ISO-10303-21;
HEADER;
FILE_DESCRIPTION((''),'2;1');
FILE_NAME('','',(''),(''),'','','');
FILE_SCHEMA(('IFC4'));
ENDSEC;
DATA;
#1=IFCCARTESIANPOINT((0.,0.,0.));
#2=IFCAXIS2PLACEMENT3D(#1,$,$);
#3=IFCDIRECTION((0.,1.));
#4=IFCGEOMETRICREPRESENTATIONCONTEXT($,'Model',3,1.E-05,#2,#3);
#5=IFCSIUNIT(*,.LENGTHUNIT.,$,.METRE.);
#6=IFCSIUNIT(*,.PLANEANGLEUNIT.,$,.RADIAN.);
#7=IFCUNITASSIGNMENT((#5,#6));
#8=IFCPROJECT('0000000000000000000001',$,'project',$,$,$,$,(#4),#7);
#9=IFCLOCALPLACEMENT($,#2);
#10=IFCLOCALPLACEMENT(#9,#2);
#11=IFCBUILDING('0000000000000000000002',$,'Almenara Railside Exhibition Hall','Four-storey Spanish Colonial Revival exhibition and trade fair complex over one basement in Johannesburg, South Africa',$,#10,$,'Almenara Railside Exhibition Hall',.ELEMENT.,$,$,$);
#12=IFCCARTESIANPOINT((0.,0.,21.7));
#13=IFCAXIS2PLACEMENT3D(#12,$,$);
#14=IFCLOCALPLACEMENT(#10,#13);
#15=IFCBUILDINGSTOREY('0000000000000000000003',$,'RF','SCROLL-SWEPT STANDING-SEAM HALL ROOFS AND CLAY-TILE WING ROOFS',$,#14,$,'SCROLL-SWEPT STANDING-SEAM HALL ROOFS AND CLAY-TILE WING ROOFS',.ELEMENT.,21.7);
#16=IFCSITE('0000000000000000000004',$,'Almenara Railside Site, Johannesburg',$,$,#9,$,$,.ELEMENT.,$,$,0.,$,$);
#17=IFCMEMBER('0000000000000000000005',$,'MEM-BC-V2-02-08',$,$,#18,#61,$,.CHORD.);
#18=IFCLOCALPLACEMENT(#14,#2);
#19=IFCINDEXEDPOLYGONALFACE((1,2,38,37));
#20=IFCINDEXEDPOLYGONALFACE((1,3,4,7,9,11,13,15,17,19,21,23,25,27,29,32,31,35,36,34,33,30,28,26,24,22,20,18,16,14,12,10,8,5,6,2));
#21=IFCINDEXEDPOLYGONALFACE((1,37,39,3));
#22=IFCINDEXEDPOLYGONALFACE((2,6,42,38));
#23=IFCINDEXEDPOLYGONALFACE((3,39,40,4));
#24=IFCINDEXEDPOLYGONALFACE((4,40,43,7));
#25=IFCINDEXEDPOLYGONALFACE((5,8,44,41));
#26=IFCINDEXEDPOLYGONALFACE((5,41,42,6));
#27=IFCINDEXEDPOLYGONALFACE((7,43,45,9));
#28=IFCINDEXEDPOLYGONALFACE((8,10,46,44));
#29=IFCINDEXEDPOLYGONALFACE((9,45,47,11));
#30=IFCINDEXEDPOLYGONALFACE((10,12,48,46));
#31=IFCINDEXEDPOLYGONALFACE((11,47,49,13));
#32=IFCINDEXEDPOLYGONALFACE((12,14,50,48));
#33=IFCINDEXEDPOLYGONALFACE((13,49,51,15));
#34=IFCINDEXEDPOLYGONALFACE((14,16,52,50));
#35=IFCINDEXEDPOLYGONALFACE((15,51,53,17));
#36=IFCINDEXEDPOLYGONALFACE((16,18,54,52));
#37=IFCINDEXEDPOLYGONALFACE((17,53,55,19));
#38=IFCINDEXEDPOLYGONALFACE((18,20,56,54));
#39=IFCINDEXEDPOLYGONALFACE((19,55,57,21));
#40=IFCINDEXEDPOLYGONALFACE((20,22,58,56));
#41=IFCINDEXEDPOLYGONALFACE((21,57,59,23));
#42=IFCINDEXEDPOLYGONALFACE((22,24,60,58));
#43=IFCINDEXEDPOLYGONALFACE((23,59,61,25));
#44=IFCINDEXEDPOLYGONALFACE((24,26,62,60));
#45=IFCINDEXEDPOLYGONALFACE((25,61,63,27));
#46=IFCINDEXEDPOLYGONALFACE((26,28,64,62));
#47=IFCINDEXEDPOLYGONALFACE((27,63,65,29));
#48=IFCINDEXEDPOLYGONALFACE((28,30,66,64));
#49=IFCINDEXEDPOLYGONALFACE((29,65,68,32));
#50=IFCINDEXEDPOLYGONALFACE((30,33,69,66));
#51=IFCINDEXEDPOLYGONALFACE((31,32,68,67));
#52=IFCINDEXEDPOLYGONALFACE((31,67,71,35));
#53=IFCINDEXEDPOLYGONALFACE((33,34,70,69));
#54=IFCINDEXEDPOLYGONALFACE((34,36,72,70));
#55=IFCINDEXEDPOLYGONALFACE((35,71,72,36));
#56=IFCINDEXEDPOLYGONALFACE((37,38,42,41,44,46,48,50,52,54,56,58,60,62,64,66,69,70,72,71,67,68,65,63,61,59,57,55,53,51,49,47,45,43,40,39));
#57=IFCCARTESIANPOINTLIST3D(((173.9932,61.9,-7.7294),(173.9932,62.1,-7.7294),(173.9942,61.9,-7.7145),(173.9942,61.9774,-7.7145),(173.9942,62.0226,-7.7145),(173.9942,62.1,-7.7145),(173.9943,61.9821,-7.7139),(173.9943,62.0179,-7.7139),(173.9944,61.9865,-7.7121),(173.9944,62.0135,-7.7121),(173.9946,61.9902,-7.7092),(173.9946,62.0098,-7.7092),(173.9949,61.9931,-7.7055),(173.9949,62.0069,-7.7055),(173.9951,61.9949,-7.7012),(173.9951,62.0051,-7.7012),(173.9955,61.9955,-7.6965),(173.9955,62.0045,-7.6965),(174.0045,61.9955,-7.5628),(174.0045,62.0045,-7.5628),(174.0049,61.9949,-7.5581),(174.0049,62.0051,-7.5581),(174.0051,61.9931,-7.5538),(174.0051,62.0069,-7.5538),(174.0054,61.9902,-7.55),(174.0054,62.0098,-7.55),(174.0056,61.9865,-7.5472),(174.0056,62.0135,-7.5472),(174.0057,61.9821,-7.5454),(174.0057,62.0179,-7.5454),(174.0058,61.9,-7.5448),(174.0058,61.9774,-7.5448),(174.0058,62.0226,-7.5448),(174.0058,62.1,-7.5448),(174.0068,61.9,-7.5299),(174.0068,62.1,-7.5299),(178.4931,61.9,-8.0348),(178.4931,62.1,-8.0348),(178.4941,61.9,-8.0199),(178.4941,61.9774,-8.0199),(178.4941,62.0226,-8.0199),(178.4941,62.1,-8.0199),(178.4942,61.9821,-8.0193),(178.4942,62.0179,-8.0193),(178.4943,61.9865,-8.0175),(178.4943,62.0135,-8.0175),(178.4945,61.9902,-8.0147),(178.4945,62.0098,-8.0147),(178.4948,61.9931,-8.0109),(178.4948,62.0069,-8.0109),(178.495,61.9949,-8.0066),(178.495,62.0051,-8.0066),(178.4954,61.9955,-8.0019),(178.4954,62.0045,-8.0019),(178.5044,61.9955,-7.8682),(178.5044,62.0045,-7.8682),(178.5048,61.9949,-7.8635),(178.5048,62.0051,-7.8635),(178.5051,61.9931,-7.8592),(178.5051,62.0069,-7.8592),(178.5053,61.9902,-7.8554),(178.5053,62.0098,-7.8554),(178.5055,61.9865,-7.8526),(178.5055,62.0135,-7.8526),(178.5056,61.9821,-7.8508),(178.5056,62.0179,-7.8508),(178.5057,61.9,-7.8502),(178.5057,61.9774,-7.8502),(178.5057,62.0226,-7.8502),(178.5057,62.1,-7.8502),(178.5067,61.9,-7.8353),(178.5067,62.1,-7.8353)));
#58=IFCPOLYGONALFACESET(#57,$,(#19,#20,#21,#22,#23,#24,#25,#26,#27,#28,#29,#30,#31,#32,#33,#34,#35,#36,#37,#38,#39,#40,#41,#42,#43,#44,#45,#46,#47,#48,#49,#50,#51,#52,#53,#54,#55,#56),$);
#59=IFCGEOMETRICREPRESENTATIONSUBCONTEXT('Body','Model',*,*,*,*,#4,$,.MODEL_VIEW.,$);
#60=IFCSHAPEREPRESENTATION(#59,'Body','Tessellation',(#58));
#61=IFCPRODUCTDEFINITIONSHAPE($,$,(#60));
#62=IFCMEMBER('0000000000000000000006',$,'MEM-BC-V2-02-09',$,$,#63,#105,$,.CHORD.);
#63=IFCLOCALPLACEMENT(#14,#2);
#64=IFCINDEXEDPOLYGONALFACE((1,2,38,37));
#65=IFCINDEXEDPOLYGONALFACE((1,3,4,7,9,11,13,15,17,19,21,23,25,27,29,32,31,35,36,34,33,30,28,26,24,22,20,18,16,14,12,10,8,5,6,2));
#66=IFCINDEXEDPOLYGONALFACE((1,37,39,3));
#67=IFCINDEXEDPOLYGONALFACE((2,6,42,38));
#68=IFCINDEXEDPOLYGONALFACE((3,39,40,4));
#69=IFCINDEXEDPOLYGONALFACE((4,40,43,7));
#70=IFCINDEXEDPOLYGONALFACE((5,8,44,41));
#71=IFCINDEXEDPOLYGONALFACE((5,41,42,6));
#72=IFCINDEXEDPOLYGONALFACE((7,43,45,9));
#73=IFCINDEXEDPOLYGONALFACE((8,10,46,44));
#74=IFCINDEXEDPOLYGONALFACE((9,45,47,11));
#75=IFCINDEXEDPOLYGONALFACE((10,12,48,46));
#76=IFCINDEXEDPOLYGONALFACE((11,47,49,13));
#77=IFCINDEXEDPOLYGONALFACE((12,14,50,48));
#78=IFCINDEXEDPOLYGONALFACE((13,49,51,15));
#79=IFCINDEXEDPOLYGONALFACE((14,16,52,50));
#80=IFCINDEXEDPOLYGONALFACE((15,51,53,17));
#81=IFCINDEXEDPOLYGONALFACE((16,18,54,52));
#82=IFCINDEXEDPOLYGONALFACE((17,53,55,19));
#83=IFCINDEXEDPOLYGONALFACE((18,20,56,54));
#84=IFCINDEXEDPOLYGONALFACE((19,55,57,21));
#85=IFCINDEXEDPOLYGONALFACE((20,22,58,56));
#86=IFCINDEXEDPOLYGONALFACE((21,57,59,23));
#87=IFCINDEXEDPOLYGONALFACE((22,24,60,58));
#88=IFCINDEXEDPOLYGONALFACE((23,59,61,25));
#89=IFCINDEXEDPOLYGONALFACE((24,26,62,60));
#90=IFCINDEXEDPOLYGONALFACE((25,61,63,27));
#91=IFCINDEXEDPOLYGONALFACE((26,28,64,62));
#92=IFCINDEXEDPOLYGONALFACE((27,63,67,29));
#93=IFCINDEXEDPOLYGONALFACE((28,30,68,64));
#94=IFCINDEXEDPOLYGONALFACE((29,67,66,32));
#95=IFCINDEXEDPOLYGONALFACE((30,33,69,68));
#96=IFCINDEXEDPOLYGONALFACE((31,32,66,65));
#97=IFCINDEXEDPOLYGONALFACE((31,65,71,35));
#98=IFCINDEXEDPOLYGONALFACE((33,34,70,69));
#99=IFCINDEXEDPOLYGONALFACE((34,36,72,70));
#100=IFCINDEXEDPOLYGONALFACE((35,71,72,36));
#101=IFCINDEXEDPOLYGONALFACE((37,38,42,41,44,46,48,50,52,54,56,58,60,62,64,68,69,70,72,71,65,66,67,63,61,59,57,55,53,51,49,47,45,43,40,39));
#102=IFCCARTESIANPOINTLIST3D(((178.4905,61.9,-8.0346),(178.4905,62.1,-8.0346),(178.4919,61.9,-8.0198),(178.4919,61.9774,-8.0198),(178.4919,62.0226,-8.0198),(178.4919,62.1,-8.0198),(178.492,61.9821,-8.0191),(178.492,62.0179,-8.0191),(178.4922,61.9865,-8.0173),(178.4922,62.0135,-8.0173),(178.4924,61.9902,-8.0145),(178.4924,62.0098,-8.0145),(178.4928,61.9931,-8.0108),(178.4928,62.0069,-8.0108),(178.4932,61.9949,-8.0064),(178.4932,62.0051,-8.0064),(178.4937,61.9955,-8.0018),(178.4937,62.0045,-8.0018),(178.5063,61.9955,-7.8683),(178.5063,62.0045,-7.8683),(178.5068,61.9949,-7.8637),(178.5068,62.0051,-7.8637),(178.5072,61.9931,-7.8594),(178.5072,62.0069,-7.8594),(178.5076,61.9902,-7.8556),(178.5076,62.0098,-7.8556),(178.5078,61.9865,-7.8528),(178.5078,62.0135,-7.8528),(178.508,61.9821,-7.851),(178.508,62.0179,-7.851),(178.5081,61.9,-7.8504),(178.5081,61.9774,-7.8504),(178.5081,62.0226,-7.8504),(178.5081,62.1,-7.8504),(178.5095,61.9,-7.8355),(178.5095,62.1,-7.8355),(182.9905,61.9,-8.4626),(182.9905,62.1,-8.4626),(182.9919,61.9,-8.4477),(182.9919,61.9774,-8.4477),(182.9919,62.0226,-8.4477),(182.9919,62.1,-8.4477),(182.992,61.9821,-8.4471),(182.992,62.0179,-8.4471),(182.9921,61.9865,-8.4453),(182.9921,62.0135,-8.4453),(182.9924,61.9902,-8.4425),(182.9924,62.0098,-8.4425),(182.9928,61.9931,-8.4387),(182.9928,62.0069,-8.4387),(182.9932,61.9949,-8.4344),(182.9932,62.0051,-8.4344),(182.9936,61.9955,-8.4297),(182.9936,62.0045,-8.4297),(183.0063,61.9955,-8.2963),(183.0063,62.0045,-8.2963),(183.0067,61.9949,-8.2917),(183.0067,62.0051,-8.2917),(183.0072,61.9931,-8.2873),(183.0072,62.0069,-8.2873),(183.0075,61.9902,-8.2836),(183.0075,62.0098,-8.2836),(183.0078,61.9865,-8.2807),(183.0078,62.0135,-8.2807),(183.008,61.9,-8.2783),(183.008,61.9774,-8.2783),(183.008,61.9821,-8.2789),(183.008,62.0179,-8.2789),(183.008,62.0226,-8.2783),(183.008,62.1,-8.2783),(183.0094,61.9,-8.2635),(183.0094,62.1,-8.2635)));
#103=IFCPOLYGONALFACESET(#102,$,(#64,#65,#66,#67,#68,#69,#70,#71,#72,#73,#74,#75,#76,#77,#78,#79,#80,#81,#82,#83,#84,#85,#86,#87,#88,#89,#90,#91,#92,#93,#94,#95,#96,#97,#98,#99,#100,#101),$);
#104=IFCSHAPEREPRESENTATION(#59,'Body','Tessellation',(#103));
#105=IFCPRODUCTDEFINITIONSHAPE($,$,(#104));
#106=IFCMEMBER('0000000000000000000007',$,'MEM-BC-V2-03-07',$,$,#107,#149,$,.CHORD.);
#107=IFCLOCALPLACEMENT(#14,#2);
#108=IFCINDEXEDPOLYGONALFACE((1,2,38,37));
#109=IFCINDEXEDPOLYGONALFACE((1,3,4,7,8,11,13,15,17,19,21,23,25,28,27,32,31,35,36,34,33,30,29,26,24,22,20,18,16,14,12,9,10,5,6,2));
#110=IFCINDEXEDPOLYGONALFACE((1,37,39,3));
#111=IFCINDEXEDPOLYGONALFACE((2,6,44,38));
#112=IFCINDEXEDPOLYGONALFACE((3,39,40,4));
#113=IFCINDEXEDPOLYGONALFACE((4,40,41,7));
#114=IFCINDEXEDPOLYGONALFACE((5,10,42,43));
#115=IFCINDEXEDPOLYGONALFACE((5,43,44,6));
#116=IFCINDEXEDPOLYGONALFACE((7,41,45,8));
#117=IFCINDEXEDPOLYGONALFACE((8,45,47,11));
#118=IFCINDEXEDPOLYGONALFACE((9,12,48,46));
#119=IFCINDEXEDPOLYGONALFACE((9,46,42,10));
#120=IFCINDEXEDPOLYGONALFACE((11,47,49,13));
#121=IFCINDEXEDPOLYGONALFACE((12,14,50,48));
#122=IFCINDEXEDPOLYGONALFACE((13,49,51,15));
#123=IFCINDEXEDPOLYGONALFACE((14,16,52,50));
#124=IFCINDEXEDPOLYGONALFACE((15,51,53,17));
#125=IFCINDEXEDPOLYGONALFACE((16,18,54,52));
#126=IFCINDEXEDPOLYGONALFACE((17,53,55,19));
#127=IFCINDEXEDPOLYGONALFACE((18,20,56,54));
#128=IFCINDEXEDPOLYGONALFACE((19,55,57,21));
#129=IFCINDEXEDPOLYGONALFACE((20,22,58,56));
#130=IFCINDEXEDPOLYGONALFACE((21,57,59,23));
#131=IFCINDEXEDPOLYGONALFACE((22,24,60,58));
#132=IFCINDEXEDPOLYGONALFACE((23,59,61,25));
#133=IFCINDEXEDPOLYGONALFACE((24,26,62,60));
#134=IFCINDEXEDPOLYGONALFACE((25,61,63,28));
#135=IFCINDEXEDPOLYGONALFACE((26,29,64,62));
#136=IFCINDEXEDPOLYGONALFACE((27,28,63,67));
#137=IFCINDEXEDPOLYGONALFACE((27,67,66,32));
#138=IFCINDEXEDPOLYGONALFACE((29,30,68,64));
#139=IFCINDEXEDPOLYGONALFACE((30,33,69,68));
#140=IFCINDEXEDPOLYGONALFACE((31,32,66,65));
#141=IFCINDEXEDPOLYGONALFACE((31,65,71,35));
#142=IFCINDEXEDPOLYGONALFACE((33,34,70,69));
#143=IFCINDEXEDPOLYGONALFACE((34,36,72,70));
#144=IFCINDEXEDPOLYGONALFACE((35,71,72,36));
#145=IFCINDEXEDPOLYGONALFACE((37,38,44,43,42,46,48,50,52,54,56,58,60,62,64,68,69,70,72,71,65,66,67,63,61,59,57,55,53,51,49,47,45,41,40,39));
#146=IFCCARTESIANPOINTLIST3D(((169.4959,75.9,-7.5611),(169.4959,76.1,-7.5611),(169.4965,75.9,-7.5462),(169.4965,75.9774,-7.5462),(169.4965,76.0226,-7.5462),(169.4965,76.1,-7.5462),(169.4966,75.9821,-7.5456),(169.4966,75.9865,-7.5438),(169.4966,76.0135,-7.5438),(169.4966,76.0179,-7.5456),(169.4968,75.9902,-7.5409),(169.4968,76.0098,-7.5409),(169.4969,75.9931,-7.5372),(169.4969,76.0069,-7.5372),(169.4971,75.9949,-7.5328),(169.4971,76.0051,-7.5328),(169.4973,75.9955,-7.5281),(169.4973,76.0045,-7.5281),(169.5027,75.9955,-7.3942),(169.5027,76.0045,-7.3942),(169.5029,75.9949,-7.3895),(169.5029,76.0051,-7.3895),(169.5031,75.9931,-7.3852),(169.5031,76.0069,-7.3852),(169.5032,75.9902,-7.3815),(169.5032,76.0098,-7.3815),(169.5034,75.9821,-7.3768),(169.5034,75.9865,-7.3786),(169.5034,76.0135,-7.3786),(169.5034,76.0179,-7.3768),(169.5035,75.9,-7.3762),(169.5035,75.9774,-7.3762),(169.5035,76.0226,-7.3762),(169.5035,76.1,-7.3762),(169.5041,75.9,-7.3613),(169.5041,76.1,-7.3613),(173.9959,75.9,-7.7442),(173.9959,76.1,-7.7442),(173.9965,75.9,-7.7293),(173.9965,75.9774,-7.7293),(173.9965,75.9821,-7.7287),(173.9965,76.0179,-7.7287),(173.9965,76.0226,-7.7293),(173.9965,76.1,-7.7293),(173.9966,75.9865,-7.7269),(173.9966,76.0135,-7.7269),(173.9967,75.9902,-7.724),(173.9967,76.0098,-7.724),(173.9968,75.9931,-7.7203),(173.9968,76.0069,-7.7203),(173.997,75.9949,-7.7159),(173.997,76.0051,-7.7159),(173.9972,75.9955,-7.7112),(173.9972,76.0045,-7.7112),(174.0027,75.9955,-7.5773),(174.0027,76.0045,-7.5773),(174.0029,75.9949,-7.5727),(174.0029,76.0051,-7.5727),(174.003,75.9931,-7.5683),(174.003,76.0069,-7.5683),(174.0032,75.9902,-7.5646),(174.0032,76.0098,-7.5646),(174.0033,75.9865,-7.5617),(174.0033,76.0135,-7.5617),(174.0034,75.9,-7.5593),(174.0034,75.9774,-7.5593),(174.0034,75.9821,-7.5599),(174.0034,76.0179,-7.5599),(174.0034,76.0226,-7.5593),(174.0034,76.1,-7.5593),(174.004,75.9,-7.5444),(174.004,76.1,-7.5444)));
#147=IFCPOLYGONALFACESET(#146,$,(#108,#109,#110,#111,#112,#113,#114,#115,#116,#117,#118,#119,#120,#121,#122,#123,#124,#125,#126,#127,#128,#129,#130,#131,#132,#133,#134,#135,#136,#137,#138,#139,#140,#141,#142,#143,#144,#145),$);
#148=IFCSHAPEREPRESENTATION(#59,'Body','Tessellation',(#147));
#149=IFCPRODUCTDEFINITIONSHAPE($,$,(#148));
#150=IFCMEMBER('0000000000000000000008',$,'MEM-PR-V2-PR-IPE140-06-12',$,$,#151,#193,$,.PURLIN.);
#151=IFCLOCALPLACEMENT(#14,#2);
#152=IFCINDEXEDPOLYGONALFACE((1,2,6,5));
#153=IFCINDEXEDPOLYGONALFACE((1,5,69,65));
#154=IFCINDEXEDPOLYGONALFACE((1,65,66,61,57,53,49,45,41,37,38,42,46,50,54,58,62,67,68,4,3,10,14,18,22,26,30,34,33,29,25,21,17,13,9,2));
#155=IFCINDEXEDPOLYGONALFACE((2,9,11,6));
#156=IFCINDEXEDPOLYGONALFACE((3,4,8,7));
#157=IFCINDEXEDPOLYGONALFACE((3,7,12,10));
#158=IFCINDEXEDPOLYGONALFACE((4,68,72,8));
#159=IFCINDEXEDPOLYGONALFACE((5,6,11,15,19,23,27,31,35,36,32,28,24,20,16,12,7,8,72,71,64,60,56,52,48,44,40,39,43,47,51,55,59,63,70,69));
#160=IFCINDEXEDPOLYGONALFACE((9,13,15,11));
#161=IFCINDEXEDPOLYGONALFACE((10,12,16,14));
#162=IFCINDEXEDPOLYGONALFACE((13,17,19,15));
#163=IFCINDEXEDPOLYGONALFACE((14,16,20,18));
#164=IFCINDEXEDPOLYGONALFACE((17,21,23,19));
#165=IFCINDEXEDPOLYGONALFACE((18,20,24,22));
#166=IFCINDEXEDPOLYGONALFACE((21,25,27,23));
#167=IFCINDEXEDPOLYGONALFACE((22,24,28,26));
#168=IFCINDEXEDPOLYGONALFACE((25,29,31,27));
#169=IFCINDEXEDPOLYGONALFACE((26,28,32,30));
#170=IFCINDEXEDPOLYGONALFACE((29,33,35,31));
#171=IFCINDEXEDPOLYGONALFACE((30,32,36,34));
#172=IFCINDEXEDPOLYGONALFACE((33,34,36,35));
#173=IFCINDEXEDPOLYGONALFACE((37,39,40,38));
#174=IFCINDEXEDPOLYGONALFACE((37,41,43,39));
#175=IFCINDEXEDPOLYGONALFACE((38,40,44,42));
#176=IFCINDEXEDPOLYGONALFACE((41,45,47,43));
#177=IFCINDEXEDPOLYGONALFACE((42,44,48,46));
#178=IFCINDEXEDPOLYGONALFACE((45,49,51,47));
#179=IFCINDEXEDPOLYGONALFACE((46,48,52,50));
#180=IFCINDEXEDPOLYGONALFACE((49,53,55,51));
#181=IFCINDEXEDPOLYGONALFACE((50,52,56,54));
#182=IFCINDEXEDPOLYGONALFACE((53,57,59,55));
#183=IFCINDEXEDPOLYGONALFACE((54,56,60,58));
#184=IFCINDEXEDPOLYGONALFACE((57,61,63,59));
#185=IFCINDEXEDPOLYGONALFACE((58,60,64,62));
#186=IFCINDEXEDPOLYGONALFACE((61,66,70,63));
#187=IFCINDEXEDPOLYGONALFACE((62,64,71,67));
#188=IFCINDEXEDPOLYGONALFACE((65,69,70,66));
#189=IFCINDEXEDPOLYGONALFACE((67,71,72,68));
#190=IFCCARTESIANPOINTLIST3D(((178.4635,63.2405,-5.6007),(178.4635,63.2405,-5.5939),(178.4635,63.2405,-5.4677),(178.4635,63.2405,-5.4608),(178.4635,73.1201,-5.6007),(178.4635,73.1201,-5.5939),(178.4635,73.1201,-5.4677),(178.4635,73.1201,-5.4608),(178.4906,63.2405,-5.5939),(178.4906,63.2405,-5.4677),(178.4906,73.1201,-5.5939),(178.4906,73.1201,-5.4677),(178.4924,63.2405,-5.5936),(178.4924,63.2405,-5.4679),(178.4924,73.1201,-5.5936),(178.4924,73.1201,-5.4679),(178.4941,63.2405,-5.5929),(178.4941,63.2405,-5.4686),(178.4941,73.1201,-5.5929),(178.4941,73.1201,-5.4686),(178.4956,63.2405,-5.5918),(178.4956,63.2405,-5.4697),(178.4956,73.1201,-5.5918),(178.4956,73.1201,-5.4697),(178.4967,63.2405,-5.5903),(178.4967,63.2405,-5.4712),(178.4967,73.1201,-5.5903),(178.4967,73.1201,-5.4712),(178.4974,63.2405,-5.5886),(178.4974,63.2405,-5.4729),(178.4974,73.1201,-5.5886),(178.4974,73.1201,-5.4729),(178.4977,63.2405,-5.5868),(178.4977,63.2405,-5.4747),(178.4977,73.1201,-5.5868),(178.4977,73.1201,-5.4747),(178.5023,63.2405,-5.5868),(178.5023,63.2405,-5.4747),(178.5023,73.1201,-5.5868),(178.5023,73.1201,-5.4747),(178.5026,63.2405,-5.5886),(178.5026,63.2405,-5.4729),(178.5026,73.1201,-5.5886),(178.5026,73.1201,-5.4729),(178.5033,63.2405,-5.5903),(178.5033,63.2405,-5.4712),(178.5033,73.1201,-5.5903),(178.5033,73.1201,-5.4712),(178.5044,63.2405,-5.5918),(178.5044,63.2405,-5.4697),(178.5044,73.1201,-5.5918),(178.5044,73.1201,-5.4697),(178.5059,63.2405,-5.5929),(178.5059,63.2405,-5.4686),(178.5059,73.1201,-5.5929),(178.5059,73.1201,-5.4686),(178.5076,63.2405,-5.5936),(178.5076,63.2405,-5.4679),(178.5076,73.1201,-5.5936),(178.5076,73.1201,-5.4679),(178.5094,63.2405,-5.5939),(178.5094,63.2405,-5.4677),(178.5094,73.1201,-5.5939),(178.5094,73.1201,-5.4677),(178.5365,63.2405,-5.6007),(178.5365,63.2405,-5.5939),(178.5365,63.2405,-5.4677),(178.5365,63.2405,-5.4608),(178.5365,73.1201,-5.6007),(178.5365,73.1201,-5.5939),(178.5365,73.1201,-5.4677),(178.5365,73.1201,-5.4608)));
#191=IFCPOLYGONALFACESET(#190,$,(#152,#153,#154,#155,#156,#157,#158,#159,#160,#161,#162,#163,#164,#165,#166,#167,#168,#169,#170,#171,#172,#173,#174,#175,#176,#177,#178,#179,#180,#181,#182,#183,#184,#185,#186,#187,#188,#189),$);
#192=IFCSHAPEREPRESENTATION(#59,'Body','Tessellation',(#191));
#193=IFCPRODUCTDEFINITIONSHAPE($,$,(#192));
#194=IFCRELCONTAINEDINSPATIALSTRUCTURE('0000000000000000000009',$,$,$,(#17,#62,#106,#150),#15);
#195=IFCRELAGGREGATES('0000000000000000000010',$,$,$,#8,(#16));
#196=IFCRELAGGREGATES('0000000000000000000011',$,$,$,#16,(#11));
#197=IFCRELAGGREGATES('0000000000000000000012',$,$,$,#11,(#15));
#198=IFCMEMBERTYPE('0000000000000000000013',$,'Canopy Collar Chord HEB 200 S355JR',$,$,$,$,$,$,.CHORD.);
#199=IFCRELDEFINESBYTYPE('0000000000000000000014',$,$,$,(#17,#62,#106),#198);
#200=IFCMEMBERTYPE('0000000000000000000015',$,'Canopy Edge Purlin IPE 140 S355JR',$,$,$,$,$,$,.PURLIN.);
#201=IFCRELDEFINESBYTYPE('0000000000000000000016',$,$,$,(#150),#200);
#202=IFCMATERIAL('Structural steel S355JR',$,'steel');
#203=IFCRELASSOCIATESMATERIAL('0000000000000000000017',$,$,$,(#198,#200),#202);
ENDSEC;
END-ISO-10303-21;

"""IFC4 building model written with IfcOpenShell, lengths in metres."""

from ifc_helpers import new_model, si_unit, direction, frame, origin, origin_2d, place, context, subcontext, project, spatial, i_section, extrude, material, material_profile, profile_set, type_object, element, save


model = new_model("IFC4")

# Units and contexts
model_context = context("Model", 3, precision=1e-05, world=origin(), true_north=direction((0.0, 1.0)))
body_context = subcontext(model_context, "Body", "Model", "MODEL_VIEW")
ifc_project = project(units=[si_unit("LENGTHUNIT", "METRE"), si_unit("PLANEANGLEUNIT", "RADIAN")], contexts=[model_context])

# Site, building, storey
site_placement = place(None, origin())
site = spatial("IfcSite", under=ifc_project, at=site_placement, Name="Almenara Railside Site, Johannesburg", CompositionType="ELEMENT", RefElevation=0.0)
building_placement = place(site_placement, origin())
building = spatial("IfcBuilding", under=site, at=building_placement, Name="Almenara Railside Exhibition Hall", Description="Four-storey Spanish Colonial Revival exhibition and trade fair complex over one basement in Johannesburg, South Africa", LongName="Almenara Railside Exhibition Hall", CompositionType="ELEMENT")
storey_placement = place(building_placement, frame((0.0, 0.0, 21.7)))
storey = spatial("IfcBuildingStorey", under=building, at=storey_placement, Name="RF", Description="SCROLL-SWEPT STANDING-SEAM HALL ROOFS AND CLAY-TILE WING ROOFS", LongName="SCROLL-SWEPT STANDING-SEAM HALL ROOFS AND CLAY-TILE WING ROOFS", CompositionType="ELEMENT", Elevation=21.7)

# Members
ifc_material_1 = material(Name="Structural steel S355JR", Category="steel")
ifc_material_profile_1 = material_profile(ifc_material_1, i_section(OverallWidth=0.2, OverallDepth=0.2, WebThickness=0.009, FlangeThickness=0.0149, FilletRadius=0.0181, at=origin_2d()), Name="HEB 200")
ifc_profile_set_1 = profile_set([ifc_material_profile_1], Name="Structural steel S355JR")
member_type_1 = type_object("IfcMemberType", Name="Canopy Collar Chord HEB 200 S355JR", PredefinedType="CHORD", material=ifc_profile_set_1)
member_1_placement = place(storey_placement, frame((174.0, 62.0, -7.6296), z_axis=(0.997705, 0.0, -0.067715), x_axis=(0.0, 1.0, 0.0)))
element("IfcMember", 1, at=member_1_placement, inside=storey, type_object=member_type_1, Name="MEM-BC-V2-02-08", PredefinedType="CHORD", context=body_context, shape_type="SweptSolid", body=[
    extrude(i_section(OverallWidth=0.2, OverallDepth=0.2, WebThickness=0.009, FlangeThickness=0.0149, FilletRadius=0.0181, at=origin_2d()), origin(), (0.0, 0.0, 1.0), 4.5103),
])
member_2_placement = place(storey_placement, frame((178.5, 62.0, -7.9351), z_axis=(0.995508, 0.0, -0.094679), x_axis=(0.0, 1.0, 0.0)))
element("IfcMember", 2, at=member_2_placement, inside=storey, type_object=member_type_1, Name="MEM-BC-V2-02-09", PredefinedType="CHORD", context=body_context, shape_type="SweptSolid", body=[
    extrude(i_section(OverallWidth=0.2, OverallDepth=0.2, WebThickness=0.009, FlangeThickness=0.0149, FilletRadius=0.0181, at=origin_2d()), origin(), (0.0, 0.0, 1.0), 4.5203),
])
member_3_placement = place(storey_placement, frame((169.5, 76.0, -7.4612), z_axis=(0.999173, 0.0, -0.040656), x_axis=(0.0, 1.0, 0.0)))
element("IfcMember", 3, at=member_3_placement, inside=storey, type_object=member_type_1, Name="MEM-BC-V2-03-07", PredefinedType="CHORD", context=body_context, shape_type="SweptSolid", body=[
    extrude(i_section(OverallWidth=0.2, OverallDepth=0.2, WebThickness=0.009, FlangeThickness=0.0149, FilletRadius=0.0181, at=origin_2d()), origin(), (0.0, 0.0, 1.0), 4.5037),
])
ifc_material_profile_2 = material_profile(ifc_material_1, i_section(OverallWidth=0.073, OverallDepth=0.1399, WebThickness=0.0046, FlangeThickness=0.0068, FilletRadius=0.0071, at=origin_2d()), Name="IPE 140")
ifc_profile_set_2 = profile_set([ifc_material_profile_2], Name="Structural steel S355JR")
member_type_2 = type_object("IfcMemberType", Name="Canopy Edge Purlin IPE 140 S355JR", PredefinedType="PURLIN", material=ifc_profile_set_2)
member_4_placement = place(storey_placement, frame((178.5, 63.2405, -5.5308), z_axis=(0.0, 1.0, 0.0), x_axis=(-1.0, 0.0, 0.0)))
element("IfcMember", 4, at=member_4_placement, inside=storey, type_object=member_type_2, Name="MEM-PR-V2-PR-IPE140-06-12", PredefinedType="PURLIN", context=body_context, shape_type="SweptSolid", body=[
    extrude(i_section(OverallWidth=0.073, OverallDepth=0.1399, WebThickness=0.0046, FlangeThickness=0.0068, FilletRadius=0.0071, at=origin_2d()), origin(), (0.0, 0.0, 1.0), 9.8796),
])

save(model, "model.ifc")
